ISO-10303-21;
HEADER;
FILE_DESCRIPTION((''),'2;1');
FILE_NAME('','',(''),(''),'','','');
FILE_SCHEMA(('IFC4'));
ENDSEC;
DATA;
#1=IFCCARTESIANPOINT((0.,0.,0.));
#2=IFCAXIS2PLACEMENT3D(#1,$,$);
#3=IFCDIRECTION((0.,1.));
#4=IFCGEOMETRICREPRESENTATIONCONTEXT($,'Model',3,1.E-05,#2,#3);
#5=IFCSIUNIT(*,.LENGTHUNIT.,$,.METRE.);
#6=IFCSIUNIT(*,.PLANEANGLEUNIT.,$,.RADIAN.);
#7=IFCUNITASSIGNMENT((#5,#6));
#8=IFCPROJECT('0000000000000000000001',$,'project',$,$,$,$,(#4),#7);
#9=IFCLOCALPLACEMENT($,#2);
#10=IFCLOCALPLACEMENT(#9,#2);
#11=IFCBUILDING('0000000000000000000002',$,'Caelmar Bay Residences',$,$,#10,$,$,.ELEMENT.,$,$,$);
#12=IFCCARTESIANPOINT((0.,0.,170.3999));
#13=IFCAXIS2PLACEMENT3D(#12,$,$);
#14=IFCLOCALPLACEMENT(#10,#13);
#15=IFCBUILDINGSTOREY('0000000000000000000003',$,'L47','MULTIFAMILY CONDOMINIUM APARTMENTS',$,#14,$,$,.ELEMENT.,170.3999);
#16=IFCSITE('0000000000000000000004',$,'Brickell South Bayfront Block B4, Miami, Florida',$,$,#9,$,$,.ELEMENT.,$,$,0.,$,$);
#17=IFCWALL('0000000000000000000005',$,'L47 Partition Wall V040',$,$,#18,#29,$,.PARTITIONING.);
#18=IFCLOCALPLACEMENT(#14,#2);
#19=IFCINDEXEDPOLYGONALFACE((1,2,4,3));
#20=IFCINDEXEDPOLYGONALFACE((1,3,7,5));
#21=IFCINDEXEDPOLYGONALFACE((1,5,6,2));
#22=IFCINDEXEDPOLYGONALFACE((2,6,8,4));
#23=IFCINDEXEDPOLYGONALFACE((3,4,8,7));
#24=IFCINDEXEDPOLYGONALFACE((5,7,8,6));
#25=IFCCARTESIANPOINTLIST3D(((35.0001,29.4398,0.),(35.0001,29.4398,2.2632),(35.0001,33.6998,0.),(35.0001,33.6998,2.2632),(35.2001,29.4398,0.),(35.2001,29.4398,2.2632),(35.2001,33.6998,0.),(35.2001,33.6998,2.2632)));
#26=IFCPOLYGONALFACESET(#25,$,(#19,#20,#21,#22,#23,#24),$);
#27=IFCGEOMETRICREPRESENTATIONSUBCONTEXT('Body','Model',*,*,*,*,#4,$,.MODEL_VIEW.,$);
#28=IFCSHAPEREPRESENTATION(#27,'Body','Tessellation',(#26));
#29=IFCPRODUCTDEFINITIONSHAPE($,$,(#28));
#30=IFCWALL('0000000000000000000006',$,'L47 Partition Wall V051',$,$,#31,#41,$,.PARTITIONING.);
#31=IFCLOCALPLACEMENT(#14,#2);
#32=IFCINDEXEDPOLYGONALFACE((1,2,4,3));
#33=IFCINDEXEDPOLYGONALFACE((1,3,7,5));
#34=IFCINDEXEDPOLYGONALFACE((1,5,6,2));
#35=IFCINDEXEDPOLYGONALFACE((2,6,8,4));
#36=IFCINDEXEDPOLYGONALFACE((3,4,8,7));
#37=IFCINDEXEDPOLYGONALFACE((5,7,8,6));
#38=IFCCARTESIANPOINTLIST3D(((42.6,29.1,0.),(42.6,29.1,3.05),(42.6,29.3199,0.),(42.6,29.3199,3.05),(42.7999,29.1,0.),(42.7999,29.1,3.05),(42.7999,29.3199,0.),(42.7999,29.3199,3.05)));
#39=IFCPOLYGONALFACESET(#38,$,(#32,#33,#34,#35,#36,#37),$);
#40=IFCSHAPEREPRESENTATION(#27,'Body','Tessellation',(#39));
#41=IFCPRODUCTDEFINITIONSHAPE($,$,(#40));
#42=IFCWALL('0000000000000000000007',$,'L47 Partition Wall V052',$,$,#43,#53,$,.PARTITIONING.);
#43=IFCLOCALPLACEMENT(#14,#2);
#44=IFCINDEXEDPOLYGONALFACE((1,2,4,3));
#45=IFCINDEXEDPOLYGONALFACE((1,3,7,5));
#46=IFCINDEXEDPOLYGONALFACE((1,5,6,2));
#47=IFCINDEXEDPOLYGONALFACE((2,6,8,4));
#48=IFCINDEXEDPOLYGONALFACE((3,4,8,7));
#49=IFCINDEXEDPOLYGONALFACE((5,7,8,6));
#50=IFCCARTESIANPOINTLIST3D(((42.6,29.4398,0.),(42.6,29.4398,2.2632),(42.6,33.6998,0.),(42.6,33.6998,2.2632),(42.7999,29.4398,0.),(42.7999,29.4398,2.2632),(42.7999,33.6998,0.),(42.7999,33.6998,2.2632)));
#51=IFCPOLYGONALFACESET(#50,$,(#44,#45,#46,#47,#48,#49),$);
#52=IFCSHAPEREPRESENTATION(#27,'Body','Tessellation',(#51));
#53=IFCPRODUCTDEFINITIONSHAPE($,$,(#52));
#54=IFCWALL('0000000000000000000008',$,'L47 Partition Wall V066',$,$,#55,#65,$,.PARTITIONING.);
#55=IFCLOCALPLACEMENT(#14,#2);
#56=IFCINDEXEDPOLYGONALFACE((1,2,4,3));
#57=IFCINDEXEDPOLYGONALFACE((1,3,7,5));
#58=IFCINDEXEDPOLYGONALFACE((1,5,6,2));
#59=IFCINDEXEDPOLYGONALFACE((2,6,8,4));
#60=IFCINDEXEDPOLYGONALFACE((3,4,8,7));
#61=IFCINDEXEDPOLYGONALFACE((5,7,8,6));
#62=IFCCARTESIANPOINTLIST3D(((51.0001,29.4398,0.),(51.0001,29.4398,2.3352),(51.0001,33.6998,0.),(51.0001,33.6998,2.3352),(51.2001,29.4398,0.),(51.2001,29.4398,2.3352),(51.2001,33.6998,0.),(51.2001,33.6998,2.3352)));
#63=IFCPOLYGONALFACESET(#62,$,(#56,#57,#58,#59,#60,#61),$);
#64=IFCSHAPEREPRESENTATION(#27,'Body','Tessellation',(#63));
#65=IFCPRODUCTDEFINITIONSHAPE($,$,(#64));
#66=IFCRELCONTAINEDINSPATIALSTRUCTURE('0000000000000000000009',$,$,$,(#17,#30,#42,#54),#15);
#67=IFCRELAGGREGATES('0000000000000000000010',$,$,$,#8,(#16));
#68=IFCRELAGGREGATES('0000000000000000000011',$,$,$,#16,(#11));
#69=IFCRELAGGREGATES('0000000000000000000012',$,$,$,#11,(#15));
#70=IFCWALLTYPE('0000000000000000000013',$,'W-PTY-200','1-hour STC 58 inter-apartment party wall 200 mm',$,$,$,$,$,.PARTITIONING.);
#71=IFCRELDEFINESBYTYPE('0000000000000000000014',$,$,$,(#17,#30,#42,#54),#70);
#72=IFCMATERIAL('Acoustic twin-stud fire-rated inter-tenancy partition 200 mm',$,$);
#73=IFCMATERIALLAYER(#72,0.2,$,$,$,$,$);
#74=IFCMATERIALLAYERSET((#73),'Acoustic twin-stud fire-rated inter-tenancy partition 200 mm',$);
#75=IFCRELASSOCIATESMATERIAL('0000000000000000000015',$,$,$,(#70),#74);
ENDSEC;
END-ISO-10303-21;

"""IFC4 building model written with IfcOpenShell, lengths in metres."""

from ifc_helpers import new_model, si_unit, direction, frame, frame_2d, origin, place, context, subcontext, project, spatial, rectangle, extrude, material, layer, layer_set, type_object, element, save


model = new_model("IFC4")

# Units and contexts
model_context = context("Model", 3, precision=1e-05, world=origin(), true_north=direction((0.0, 1.0)))
body_context = subcontext(model_context, "Body", "Model", "MODEL_VIEW")
ifc_project = project(units=[si_unit("LENGTHUNIT", "METRE"), si_unit("PLANEANGLEUNIT", "RADIAN")], contexts=[model_context])

# Site, building, storey
site_placement = place(None, origin())
site = spatial("IfcSite", under=ifc_project, at=site_placement, Name="Brickell South Bayfront Block B4, Miami, Florida", CompositionType="ELEMENT", RefElevation=0.0)
building_placement = place(site_placement, origin())
building = spatial("IfcBuilding", under=site, at=building_placement, Name="Caelmar Bay Residences", CompositionType="ELEMENT")
storey_placement = place(building_placement, frame((0.0, 0.0, 170.3999)))
storey = spatial("IfcBuildingStorey", under=building, at=storey_placement, Name="L47", Description="MULTIFAMILY CONDOMINIUM APARTMENTS", CompositionType="ELEMENT", Elevation=170.3999)

# Walls
ifc_material_1 = material(Name="Acoustic twin-stud fire-rated inter-tenancy partition 200 mm")
ifc_layer_1 = layer(ifc_material_1, 0.2)
ifc_layer_set_1 = layer_set([ifc_layer_1], Name="Acoustic twin-stud fire-rated inter-tenancy partition 200 mm")
wall_type_1 = type_object("IfcWallType", Name="W-PTY-200", Description="1-hour STC 58 inter-apartment party wall 200 mm", PredefinedType="PARTITIONING", material=ifc_layer_set_1)
wall_1_placement = place(storey_placement, frame((35.1001, 29.4399, 0.0), z_axis=(0.0, 0.0, 1.0), x_axis=(0.0, 1.0, 0.0)))
element("IfcWall", 1, at=wall_1_placement, inside=storey, type_object=wall_type_1, Name="L47 Partition Wall V040", PredefinedType="PARTITIONING", context=body_context, shape_type="SweptSolid", body=[
    extrude(rectangle(XDim=4.26, YDim=0.2, at=frame_2d((2.1299, 0.0))), origin(), (0.0, 0.0, 1.0), 2.2632),
])
wall_2_placement = place(storey_placement, frame((42.7, 29.1001, 0.0), z_axis=(0.0, 0.0, 1.0), x_axis=(0.0, 1.0, 0.0)))
element("IfcWall", 2, at=wall_2_placement, inside=storey, type_object=wall_type_1, Name="L47 Partition Wall V051", PredefinedType="PARTITIONING", context=body_context, shape_type="SweptSolid", body=[
    extrude(rectangle(XDim=0.22, YDim=0.2, at=frame_2d((0.1099, 0.0))), origin(), (0.0, 0.0, 1.0), 3.05),
])
wall_3_placement = place(storey_placement, frame((42.7, 29.4399, 0.0), z_axis=(0.0, 0.0, 1.0), x_axis=(0.0, 1.0, 0.0)))
element("IfcWall", 3, at=wall_3_placement, inside=storey, type_object=wall_type_1, Name="L47 Partition Wall V052", PredefinedType="PARTITIONING", context=body_context, shape_type="SweptSolid", body=[
    extrude(rectangle(XDim=4.26, YDim=0.2, at=frame_2d((2.1299, 0.0))), origin(), (0.0, 0.0, 1.0), 2.2632),
])
wall_4_placement = place(storey_placement, frame((51.1001, 29.4399, 0.0), z_axis=(0.0, 0.0, 1.0), x_axis=(0.0, 1.0, 0.0)))
element("IfcWall", 4, at=wall_4_placement, inside=storey, type_object=wall_type_1, Name="L47 Partition Wall V066", PredefinedType="PARTITIONING", context=body_context, shape_type="SweptSolid", body=[
    extrude(rectangle(XDim=4.26, YDim=0.2, at=frame_2d((2.1299, 0.0))), origin(), (0.0, 0.0, 1.0), 2.3352),
])

save(model, "model.ifc")
